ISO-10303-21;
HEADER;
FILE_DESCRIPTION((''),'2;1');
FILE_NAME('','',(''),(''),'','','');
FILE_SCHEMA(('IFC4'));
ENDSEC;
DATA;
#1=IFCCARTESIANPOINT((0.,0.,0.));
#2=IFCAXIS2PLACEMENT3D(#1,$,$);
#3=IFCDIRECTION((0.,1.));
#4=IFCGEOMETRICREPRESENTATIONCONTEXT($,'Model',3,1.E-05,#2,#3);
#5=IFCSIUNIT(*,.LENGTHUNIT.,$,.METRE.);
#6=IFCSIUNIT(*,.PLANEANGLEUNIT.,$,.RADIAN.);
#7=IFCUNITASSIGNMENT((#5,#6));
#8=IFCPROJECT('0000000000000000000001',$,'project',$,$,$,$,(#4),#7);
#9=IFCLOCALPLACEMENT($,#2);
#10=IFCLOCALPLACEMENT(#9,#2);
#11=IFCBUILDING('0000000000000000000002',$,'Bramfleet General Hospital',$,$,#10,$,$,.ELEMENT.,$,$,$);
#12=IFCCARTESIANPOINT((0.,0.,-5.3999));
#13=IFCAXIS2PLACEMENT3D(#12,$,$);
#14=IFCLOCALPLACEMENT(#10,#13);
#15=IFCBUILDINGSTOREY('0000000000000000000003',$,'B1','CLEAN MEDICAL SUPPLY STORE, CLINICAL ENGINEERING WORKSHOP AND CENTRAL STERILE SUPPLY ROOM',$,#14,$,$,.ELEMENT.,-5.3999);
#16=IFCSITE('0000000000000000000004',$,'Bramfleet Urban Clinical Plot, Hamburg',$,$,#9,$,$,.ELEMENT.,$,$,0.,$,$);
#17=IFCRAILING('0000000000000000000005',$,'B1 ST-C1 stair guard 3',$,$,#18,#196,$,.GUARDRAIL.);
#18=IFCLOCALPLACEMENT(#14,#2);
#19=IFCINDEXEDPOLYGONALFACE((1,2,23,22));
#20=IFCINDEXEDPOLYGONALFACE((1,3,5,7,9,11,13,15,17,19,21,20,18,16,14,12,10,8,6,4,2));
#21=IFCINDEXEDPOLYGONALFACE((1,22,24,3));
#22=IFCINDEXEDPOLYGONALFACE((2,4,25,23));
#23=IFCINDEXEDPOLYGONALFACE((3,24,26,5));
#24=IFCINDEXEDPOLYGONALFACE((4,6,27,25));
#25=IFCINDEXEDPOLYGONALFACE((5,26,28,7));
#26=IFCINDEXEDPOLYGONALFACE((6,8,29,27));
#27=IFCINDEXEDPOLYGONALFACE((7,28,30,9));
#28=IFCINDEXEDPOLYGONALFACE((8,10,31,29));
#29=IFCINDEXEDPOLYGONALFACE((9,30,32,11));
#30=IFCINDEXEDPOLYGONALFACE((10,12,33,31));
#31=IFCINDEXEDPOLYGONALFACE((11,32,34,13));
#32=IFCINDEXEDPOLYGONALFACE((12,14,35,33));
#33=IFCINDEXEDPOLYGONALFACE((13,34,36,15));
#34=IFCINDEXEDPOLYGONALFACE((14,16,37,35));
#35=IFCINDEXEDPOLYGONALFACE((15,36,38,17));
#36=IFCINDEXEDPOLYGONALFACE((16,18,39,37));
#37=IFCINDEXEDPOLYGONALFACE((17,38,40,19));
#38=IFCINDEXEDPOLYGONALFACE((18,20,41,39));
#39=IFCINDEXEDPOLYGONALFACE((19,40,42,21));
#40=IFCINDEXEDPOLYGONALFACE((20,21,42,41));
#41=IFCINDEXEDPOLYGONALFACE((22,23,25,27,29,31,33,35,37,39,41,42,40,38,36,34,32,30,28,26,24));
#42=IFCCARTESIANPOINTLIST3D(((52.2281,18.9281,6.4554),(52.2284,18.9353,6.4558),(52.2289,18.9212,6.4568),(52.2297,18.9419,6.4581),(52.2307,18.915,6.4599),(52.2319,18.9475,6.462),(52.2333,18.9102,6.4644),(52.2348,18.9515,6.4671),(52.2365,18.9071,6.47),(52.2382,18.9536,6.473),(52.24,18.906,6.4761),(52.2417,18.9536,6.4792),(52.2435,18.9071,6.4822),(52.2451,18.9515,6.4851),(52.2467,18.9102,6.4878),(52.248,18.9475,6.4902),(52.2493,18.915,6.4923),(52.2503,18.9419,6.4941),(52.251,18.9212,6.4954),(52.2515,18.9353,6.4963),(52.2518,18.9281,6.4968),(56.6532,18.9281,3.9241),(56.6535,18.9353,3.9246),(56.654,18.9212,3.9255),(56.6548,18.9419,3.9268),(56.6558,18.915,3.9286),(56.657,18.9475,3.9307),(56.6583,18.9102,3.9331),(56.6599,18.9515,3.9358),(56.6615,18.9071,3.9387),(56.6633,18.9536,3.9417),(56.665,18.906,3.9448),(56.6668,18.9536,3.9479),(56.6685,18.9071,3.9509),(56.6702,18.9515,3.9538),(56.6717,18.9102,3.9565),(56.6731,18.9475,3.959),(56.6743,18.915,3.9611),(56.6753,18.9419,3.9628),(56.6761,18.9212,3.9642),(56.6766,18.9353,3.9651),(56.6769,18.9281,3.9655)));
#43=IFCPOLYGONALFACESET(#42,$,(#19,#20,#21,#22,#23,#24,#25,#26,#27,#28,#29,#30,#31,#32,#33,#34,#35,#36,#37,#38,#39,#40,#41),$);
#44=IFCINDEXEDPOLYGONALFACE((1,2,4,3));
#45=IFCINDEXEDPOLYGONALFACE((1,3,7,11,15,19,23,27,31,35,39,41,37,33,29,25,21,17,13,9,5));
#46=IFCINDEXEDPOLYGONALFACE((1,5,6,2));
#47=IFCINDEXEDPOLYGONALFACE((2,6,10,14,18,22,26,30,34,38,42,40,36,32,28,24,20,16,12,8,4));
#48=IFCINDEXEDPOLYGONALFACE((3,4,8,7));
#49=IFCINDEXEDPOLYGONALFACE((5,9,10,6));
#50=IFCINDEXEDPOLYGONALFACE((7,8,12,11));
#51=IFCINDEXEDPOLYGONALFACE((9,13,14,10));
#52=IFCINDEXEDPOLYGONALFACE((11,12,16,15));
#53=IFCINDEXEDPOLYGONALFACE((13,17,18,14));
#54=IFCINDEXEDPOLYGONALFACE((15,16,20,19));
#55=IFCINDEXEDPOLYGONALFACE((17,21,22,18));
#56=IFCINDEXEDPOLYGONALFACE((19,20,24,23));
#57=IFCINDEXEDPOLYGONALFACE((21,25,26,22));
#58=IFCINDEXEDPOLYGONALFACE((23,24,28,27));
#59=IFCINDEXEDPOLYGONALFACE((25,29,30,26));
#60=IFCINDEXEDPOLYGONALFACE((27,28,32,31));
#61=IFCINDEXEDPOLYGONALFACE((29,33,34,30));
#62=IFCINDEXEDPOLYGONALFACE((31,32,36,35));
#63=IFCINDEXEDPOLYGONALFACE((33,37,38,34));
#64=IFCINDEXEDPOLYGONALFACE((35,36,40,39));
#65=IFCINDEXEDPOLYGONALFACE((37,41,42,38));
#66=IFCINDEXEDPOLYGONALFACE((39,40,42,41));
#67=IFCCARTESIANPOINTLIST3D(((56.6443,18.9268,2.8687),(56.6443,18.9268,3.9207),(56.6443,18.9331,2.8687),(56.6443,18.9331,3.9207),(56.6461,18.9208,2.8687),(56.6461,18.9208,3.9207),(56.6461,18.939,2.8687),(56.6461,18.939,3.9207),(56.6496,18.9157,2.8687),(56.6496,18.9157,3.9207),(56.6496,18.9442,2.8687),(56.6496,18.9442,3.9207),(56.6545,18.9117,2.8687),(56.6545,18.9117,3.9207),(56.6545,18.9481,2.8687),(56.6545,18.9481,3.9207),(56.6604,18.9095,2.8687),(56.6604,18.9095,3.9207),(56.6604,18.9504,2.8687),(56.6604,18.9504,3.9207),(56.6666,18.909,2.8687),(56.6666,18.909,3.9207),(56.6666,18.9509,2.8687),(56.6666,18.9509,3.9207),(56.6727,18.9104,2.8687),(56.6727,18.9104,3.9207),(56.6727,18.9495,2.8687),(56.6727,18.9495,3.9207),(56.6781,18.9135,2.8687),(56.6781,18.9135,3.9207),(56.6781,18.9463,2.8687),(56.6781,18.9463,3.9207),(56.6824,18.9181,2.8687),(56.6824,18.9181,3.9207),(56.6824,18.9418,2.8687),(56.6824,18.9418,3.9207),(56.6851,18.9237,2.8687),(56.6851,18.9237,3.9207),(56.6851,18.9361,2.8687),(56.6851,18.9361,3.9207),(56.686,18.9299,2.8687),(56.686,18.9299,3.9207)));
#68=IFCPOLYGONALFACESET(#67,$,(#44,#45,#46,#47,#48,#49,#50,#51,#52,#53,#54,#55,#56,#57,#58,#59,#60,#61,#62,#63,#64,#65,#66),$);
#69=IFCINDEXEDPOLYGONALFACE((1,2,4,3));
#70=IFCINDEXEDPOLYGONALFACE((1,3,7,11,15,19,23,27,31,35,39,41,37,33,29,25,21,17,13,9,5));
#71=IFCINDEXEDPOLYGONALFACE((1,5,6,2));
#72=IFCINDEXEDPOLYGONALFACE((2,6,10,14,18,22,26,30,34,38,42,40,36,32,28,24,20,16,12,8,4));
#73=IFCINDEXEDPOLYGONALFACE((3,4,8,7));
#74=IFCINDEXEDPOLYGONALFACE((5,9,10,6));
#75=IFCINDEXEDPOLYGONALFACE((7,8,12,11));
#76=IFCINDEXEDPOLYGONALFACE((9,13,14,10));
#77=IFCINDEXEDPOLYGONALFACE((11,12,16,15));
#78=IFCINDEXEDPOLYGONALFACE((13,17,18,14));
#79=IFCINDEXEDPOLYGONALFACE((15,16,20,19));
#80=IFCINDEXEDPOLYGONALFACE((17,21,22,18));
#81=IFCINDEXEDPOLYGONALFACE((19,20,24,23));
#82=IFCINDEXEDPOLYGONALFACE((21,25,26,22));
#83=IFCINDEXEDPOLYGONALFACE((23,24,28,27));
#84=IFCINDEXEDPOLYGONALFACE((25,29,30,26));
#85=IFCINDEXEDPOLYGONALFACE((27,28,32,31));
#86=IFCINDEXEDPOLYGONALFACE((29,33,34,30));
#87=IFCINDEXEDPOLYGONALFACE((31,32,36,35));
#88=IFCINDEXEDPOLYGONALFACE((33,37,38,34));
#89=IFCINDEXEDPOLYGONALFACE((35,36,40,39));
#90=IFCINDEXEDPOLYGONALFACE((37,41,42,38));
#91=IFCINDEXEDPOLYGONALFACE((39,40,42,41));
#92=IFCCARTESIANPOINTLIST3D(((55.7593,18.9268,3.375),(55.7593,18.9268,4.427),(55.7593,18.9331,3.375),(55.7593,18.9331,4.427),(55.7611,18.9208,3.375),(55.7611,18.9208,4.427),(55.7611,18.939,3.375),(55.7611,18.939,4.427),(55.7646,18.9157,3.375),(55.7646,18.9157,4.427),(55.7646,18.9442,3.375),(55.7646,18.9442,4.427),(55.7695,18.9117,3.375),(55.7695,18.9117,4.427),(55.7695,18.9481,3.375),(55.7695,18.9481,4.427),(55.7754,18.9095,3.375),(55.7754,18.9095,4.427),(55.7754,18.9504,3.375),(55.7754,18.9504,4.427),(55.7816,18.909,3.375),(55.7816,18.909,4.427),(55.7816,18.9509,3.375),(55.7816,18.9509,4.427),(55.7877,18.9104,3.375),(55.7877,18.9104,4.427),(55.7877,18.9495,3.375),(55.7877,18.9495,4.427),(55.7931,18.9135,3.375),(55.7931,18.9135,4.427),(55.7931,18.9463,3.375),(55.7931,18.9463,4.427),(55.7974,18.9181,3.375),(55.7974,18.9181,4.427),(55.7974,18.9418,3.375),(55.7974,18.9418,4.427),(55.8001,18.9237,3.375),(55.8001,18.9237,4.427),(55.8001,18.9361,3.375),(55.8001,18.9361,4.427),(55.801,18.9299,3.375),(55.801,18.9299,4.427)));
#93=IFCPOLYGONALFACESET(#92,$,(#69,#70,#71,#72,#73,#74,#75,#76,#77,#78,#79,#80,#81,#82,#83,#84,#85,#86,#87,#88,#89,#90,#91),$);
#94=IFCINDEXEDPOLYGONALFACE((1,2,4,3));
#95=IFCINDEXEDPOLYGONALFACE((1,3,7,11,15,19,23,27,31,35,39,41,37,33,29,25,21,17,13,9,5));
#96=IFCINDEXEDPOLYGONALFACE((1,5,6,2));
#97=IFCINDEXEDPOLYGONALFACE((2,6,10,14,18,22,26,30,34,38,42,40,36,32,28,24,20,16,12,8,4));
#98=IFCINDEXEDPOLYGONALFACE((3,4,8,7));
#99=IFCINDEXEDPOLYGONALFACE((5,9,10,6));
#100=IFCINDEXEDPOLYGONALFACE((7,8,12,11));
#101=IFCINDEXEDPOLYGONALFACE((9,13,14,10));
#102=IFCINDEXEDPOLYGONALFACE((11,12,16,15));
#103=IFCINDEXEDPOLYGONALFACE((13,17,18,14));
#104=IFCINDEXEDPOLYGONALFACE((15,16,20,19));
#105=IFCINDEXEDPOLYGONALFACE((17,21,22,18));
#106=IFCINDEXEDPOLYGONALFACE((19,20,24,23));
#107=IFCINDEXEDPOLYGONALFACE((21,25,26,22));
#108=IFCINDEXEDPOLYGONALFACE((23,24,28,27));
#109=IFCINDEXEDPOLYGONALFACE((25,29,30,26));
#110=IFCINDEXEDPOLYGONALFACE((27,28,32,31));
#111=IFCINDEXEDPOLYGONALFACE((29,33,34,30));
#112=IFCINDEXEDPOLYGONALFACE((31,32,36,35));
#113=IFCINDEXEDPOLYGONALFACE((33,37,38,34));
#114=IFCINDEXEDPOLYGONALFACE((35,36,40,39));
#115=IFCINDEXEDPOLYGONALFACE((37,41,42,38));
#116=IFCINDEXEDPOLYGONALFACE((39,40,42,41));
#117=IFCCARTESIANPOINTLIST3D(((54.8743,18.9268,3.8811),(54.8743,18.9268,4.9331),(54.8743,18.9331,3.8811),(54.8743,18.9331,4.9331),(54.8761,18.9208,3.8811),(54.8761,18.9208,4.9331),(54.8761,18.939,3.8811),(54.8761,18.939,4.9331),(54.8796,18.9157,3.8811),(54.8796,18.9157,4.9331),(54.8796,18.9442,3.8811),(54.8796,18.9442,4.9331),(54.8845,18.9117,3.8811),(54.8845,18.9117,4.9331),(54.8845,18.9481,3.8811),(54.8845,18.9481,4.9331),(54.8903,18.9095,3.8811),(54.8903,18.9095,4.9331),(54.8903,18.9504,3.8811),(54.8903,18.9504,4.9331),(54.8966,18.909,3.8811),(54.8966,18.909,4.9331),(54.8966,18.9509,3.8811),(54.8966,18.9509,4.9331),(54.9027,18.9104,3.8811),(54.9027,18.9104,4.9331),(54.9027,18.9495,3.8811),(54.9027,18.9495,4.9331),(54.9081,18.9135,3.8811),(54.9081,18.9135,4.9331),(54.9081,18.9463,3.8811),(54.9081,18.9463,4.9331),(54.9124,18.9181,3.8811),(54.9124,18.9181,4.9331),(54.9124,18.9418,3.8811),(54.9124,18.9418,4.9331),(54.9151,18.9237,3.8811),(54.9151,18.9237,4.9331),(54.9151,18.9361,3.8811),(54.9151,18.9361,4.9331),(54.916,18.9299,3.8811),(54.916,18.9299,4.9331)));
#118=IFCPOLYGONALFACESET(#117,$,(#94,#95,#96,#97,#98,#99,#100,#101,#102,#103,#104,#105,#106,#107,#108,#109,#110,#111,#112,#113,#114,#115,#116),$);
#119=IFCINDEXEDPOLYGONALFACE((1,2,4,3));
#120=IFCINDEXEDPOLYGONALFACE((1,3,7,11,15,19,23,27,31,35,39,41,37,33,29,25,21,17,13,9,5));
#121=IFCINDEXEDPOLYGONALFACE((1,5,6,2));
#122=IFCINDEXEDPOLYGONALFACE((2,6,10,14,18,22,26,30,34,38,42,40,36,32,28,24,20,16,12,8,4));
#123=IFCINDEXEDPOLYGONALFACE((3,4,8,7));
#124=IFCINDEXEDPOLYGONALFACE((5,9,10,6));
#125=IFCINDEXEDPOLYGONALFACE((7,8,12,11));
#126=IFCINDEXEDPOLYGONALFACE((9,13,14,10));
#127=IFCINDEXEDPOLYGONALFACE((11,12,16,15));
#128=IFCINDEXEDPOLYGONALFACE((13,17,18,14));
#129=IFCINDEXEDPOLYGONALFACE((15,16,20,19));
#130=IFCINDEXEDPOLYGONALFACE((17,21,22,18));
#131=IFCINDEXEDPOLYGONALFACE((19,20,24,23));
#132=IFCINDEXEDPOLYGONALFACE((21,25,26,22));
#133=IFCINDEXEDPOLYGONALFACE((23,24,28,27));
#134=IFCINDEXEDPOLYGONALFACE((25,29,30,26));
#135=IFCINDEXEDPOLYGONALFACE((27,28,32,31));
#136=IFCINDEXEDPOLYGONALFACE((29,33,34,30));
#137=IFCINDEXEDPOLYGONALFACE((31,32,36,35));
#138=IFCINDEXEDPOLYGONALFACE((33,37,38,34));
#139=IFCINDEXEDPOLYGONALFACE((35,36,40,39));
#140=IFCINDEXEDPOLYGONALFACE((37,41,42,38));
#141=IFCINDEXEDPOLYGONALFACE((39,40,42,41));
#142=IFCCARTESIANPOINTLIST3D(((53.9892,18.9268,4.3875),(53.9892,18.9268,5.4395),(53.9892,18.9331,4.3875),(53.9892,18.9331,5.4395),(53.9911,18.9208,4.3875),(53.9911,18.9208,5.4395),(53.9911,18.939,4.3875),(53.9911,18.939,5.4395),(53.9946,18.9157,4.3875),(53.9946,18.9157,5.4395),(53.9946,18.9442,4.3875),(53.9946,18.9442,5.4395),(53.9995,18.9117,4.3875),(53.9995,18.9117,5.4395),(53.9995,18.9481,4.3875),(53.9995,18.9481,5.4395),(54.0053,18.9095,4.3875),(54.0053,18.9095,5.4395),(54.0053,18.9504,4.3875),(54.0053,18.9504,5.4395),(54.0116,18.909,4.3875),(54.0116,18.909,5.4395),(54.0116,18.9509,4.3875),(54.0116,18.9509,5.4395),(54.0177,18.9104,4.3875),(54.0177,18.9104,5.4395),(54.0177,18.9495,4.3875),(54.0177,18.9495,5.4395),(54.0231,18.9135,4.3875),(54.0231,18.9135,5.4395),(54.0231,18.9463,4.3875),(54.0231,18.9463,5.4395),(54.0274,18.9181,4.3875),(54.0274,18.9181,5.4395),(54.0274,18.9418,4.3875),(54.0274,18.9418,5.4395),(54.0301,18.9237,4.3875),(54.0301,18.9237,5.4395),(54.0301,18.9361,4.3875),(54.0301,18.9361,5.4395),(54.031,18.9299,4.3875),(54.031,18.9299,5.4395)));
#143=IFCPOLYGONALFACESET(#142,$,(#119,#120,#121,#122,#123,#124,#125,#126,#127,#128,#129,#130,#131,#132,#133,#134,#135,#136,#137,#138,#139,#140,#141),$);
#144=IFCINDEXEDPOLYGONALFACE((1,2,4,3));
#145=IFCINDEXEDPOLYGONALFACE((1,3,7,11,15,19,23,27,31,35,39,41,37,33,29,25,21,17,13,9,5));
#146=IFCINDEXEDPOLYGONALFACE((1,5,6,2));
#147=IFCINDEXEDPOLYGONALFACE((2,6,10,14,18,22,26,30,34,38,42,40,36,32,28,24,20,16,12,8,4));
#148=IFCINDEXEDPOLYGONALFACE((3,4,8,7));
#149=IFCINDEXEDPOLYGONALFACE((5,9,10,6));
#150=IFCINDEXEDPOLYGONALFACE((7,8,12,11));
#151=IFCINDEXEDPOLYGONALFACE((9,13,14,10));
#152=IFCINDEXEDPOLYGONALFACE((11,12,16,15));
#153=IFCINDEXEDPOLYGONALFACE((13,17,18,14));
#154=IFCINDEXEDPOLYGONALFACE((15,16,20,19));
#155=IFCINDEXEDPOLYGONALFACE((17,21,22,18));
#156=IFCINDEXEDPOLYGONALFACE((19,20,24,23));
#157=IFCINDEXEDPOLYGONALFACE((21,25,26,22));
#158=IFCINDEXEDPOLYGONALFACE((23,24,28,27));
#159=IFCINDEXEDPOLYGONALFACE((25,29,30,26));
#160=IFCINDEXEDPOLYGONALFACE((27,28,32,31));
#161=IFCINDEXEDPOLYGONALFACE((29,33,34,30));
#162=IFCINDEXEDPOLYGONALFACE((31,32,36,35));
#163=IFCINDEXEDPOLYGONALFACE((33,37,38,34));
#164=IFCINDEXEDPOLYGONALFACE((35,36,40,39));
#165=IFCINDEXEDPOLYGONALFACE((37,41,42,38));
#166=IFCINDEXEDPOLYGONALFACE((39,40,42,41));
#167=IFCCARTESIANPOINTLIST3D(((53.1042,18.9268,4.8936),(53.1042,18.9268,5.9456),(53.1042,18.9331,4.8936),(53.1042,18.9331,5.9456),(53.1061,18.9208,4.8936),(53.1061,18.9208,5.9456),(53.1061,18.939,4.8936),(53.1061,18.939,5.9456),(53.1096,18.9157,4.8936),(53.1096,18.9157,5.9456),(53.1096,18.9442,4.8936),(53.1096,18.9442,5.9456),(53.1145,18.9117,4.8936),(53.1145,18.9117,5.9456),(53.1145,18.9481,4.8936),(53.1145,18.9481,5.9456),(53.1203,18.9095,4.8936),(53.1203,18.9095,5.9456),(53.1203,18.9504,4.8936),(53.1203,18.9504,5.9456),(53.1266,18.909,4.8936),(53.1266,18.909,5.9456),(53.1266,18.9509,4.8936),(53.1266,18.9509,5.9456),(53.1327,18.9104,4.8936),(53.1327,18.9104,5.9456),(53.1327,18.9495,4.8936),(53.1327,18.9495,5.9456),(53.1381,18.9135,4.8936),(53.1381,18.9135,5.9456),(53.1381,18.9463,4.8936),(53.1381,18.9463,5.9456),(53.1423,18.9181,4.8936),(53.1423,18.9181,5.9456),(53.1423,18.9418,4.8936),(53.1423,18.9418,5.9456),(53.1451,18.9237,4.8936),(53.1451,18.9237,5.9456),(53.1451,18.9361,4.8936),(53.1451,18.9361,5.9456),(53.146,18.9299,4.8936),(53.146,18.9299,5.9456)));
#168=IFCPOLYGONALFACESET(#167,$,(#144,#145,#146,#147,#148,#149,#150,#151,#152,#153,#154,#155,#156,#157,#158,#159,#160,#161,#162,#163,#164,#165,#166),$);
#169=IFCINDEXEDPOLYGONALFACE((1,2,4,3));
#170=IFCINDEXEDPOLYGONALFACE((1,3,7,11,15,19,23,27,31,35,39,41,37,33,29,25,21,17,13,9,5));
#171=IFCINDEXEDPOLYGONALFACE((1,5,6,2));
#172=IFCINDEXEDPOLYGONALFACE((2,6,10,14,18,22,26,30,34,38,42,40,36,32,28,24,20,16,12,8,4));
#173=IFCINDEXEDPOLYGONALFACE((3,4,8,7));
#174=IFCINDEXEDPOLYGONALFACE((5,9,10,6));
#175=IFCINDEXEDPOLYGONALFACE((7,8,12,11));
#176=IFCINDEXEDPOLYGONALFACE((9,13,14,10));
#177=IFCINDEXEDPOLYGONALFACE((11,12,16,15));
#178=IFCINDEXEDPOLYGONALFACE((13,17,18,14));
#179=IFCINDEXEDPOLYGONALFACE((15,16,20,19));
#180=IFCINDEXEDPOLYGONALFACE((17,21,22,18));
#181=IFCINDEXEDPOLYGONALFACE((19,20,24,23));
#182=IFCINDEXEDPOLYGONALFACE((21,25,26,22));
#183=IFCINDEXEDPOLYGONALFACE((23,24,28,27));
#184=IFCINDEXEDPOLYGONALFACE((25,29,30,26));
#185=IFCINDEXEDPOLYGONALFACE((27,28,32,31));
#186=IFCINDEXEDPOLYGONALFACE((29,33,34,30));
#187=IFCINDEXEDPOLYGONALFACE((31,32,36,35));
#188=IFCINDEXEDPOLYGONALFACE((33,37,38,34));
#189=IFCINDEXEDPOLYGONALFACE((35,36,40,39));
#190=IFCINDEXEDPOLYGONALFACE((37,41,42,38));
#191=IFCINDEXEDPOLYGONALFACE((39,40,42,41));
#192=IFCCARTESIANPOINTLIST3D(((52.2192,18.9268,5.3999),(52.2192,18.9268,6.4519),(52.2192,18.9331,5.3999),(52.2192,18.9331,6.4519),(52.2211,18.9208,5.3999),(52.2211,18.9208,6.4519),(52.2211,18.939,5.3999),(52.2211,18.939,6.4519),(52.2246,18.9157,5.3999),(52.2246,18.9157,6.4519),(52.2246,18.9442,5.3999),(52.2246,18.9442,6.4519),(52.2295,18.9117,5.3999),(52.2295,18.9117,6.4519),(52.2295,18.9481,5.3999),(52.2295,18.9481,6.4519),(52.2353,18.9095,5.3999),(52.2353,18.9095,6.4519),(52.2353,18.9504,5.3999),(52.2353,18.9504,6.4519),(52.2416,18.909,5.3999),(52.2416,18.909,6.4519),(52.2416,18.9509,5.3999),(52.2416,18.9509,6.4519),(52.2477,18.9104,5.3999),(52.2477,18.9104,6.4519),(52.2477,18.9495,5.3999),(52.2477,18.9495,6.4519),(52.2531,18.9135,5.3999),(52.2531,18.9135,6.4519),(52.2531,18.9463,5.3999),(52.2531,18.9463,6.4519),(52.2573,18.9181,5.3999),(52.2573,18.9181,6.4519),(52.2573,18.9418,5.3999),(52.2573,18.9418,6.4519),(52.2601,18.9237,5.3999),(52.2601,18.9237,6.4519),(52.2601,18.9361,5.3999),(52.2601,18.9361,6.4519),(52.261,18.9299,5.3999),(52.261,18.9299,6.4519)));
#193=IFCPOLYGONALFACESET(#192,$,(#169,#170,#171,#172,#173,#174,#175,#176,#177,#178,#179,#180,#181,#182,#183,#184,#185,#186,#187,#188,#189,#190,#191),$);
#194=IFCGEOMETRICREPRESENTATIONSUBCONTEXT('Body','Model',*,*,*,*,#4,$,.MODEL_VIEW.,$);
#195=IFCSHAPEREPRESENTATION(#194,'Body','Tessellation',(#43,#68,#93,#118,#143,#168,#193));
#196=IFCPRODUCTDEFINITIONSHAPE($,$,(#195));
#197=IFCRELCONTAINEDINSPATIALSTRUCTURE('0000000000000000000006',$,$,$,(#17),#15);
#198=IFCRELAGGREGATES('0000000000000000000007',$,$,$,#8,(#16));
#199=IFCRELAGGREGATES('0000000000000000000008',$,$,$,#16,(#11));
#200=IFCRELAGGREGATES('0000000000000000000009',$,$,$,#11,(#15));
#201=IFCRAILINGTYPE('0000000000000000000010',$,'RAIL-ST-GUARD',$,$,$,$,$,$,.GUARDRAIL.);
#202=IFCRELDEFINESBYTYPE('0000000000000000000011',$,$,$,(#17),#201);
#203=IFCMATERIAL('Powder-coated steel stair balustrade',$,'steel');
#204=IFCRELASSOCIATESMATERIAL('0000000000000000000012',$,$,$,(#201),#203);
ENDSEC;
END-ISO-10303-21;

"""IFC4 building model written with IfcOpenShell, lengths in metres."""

from ifc_helpers import new_model, si_unit, direction, frame, origin, origin_2d, place, context, subcontext, project, spatial, circle, extrude, material, type_object, element, save


model = new_model("IFC4")

# Units and contexts
model_context = context("Model", 3, precision=1e-05, world=origin(), true_north=direction((0.0, 1.0)))
body_context = subcontext(model_context, "Body", "Model", "MODEL_VIEW")
ifc_project = project(units=[si_unit("LENGTHUNIT", "METRE"), si_unit("PLANEANGLEUNIT", "RADIAN")], contexts=[model_context])

# Site, building, storey
site_placement = place(None, origin())
site = spatial("IfcSite", under=ifc_project, at=site_placement, Name="Bramfleet Urban Clinical Plot, Hamburg", CompositionType="ELEMENT", RefElevation=0.0)
building_placement = place(site_placement, origin())
building = spatial("IfcBuilding", under=site, at=building_placement, Name="Bramfleet General Hospital", CompositionType="ELEMENT")
storey_placement = place(building_placement, frame((0.0, 0.0, -5.3999)))
storey = spatial("IfcBuildingStorey", under=building, at=storey_placement, Name="B1", Description="CLEAN MEDICAL SUPPLY STORE, CLINICAL ENGINEERING WORKSHOP AND CENTRAL STERILE SUPPLY ROOM", CompositionType="ELEMENT", Elevation=-5.3999)

# Railing
ifc_material_1 = material(Name="Powder-coated steel stair balustrade", Category="steel")
railing_type_1 = type_object("IfcRailingType", Name="RAIL-ST-GUARD", PredefinedType="GUARDRAIL", material=ifc_material_1)
railing_1_placement = place(storey_placement, frame((56.665, 18.9299, 2.8687)))
element("IfcRailing", 1, at=railing_1_placement, inside=storey, type_object=railing_type_1, Name="B1 ST-C1 stair guard 3", PredefinedType="GUARDRAIL", context=body_context, shape_type="SweptSolid", body=[
    extrude(circle(Radius=0.0239, at=origin_2d()), frame((0.0, 0.0, 1.0762), z_axis=(-0.868019, 0.0, 0.496531), x_axis=(0.0, -1.0, 0.0)), (0.0, 0.0, 1.0), 5.0979),
    extrude(circle(Radius=0.021, at=origin_2d()), origin(), (0.0, 0.0, 1.0), 1.052),
    extrude(circle(Radius=0.021, at=origin_2d()), frame((-0.885, 0.0, 0.5063)), (0.0, 0.0, 1.0), 1.052),
    extrude(circle(Radius=0.021, at=origin_2d()), frame((-1.77, 0.0, 1.0125)), (0.0, 0.0, 1.0), 1.052),
    extrude(circle(Radius=0.021, at=origin_2d()), frame((-2.655, 0.0, 1.5188)), (0.0, 0.0, 1.0), 1.052),
    extrude(circle(Radius=0.021, at=origin_2d()), frame((-3.54, 0.0, 2.0249)), (0.0, 0.0, 1.0), 1.052),
    extrude(circle(Radius=0.021, at=origin_2d()), frame((-4.425, 0.0, 2.5312)), (0.0, 0.0, 1.0), 1.052),
])

save(model, "model.ifc")
